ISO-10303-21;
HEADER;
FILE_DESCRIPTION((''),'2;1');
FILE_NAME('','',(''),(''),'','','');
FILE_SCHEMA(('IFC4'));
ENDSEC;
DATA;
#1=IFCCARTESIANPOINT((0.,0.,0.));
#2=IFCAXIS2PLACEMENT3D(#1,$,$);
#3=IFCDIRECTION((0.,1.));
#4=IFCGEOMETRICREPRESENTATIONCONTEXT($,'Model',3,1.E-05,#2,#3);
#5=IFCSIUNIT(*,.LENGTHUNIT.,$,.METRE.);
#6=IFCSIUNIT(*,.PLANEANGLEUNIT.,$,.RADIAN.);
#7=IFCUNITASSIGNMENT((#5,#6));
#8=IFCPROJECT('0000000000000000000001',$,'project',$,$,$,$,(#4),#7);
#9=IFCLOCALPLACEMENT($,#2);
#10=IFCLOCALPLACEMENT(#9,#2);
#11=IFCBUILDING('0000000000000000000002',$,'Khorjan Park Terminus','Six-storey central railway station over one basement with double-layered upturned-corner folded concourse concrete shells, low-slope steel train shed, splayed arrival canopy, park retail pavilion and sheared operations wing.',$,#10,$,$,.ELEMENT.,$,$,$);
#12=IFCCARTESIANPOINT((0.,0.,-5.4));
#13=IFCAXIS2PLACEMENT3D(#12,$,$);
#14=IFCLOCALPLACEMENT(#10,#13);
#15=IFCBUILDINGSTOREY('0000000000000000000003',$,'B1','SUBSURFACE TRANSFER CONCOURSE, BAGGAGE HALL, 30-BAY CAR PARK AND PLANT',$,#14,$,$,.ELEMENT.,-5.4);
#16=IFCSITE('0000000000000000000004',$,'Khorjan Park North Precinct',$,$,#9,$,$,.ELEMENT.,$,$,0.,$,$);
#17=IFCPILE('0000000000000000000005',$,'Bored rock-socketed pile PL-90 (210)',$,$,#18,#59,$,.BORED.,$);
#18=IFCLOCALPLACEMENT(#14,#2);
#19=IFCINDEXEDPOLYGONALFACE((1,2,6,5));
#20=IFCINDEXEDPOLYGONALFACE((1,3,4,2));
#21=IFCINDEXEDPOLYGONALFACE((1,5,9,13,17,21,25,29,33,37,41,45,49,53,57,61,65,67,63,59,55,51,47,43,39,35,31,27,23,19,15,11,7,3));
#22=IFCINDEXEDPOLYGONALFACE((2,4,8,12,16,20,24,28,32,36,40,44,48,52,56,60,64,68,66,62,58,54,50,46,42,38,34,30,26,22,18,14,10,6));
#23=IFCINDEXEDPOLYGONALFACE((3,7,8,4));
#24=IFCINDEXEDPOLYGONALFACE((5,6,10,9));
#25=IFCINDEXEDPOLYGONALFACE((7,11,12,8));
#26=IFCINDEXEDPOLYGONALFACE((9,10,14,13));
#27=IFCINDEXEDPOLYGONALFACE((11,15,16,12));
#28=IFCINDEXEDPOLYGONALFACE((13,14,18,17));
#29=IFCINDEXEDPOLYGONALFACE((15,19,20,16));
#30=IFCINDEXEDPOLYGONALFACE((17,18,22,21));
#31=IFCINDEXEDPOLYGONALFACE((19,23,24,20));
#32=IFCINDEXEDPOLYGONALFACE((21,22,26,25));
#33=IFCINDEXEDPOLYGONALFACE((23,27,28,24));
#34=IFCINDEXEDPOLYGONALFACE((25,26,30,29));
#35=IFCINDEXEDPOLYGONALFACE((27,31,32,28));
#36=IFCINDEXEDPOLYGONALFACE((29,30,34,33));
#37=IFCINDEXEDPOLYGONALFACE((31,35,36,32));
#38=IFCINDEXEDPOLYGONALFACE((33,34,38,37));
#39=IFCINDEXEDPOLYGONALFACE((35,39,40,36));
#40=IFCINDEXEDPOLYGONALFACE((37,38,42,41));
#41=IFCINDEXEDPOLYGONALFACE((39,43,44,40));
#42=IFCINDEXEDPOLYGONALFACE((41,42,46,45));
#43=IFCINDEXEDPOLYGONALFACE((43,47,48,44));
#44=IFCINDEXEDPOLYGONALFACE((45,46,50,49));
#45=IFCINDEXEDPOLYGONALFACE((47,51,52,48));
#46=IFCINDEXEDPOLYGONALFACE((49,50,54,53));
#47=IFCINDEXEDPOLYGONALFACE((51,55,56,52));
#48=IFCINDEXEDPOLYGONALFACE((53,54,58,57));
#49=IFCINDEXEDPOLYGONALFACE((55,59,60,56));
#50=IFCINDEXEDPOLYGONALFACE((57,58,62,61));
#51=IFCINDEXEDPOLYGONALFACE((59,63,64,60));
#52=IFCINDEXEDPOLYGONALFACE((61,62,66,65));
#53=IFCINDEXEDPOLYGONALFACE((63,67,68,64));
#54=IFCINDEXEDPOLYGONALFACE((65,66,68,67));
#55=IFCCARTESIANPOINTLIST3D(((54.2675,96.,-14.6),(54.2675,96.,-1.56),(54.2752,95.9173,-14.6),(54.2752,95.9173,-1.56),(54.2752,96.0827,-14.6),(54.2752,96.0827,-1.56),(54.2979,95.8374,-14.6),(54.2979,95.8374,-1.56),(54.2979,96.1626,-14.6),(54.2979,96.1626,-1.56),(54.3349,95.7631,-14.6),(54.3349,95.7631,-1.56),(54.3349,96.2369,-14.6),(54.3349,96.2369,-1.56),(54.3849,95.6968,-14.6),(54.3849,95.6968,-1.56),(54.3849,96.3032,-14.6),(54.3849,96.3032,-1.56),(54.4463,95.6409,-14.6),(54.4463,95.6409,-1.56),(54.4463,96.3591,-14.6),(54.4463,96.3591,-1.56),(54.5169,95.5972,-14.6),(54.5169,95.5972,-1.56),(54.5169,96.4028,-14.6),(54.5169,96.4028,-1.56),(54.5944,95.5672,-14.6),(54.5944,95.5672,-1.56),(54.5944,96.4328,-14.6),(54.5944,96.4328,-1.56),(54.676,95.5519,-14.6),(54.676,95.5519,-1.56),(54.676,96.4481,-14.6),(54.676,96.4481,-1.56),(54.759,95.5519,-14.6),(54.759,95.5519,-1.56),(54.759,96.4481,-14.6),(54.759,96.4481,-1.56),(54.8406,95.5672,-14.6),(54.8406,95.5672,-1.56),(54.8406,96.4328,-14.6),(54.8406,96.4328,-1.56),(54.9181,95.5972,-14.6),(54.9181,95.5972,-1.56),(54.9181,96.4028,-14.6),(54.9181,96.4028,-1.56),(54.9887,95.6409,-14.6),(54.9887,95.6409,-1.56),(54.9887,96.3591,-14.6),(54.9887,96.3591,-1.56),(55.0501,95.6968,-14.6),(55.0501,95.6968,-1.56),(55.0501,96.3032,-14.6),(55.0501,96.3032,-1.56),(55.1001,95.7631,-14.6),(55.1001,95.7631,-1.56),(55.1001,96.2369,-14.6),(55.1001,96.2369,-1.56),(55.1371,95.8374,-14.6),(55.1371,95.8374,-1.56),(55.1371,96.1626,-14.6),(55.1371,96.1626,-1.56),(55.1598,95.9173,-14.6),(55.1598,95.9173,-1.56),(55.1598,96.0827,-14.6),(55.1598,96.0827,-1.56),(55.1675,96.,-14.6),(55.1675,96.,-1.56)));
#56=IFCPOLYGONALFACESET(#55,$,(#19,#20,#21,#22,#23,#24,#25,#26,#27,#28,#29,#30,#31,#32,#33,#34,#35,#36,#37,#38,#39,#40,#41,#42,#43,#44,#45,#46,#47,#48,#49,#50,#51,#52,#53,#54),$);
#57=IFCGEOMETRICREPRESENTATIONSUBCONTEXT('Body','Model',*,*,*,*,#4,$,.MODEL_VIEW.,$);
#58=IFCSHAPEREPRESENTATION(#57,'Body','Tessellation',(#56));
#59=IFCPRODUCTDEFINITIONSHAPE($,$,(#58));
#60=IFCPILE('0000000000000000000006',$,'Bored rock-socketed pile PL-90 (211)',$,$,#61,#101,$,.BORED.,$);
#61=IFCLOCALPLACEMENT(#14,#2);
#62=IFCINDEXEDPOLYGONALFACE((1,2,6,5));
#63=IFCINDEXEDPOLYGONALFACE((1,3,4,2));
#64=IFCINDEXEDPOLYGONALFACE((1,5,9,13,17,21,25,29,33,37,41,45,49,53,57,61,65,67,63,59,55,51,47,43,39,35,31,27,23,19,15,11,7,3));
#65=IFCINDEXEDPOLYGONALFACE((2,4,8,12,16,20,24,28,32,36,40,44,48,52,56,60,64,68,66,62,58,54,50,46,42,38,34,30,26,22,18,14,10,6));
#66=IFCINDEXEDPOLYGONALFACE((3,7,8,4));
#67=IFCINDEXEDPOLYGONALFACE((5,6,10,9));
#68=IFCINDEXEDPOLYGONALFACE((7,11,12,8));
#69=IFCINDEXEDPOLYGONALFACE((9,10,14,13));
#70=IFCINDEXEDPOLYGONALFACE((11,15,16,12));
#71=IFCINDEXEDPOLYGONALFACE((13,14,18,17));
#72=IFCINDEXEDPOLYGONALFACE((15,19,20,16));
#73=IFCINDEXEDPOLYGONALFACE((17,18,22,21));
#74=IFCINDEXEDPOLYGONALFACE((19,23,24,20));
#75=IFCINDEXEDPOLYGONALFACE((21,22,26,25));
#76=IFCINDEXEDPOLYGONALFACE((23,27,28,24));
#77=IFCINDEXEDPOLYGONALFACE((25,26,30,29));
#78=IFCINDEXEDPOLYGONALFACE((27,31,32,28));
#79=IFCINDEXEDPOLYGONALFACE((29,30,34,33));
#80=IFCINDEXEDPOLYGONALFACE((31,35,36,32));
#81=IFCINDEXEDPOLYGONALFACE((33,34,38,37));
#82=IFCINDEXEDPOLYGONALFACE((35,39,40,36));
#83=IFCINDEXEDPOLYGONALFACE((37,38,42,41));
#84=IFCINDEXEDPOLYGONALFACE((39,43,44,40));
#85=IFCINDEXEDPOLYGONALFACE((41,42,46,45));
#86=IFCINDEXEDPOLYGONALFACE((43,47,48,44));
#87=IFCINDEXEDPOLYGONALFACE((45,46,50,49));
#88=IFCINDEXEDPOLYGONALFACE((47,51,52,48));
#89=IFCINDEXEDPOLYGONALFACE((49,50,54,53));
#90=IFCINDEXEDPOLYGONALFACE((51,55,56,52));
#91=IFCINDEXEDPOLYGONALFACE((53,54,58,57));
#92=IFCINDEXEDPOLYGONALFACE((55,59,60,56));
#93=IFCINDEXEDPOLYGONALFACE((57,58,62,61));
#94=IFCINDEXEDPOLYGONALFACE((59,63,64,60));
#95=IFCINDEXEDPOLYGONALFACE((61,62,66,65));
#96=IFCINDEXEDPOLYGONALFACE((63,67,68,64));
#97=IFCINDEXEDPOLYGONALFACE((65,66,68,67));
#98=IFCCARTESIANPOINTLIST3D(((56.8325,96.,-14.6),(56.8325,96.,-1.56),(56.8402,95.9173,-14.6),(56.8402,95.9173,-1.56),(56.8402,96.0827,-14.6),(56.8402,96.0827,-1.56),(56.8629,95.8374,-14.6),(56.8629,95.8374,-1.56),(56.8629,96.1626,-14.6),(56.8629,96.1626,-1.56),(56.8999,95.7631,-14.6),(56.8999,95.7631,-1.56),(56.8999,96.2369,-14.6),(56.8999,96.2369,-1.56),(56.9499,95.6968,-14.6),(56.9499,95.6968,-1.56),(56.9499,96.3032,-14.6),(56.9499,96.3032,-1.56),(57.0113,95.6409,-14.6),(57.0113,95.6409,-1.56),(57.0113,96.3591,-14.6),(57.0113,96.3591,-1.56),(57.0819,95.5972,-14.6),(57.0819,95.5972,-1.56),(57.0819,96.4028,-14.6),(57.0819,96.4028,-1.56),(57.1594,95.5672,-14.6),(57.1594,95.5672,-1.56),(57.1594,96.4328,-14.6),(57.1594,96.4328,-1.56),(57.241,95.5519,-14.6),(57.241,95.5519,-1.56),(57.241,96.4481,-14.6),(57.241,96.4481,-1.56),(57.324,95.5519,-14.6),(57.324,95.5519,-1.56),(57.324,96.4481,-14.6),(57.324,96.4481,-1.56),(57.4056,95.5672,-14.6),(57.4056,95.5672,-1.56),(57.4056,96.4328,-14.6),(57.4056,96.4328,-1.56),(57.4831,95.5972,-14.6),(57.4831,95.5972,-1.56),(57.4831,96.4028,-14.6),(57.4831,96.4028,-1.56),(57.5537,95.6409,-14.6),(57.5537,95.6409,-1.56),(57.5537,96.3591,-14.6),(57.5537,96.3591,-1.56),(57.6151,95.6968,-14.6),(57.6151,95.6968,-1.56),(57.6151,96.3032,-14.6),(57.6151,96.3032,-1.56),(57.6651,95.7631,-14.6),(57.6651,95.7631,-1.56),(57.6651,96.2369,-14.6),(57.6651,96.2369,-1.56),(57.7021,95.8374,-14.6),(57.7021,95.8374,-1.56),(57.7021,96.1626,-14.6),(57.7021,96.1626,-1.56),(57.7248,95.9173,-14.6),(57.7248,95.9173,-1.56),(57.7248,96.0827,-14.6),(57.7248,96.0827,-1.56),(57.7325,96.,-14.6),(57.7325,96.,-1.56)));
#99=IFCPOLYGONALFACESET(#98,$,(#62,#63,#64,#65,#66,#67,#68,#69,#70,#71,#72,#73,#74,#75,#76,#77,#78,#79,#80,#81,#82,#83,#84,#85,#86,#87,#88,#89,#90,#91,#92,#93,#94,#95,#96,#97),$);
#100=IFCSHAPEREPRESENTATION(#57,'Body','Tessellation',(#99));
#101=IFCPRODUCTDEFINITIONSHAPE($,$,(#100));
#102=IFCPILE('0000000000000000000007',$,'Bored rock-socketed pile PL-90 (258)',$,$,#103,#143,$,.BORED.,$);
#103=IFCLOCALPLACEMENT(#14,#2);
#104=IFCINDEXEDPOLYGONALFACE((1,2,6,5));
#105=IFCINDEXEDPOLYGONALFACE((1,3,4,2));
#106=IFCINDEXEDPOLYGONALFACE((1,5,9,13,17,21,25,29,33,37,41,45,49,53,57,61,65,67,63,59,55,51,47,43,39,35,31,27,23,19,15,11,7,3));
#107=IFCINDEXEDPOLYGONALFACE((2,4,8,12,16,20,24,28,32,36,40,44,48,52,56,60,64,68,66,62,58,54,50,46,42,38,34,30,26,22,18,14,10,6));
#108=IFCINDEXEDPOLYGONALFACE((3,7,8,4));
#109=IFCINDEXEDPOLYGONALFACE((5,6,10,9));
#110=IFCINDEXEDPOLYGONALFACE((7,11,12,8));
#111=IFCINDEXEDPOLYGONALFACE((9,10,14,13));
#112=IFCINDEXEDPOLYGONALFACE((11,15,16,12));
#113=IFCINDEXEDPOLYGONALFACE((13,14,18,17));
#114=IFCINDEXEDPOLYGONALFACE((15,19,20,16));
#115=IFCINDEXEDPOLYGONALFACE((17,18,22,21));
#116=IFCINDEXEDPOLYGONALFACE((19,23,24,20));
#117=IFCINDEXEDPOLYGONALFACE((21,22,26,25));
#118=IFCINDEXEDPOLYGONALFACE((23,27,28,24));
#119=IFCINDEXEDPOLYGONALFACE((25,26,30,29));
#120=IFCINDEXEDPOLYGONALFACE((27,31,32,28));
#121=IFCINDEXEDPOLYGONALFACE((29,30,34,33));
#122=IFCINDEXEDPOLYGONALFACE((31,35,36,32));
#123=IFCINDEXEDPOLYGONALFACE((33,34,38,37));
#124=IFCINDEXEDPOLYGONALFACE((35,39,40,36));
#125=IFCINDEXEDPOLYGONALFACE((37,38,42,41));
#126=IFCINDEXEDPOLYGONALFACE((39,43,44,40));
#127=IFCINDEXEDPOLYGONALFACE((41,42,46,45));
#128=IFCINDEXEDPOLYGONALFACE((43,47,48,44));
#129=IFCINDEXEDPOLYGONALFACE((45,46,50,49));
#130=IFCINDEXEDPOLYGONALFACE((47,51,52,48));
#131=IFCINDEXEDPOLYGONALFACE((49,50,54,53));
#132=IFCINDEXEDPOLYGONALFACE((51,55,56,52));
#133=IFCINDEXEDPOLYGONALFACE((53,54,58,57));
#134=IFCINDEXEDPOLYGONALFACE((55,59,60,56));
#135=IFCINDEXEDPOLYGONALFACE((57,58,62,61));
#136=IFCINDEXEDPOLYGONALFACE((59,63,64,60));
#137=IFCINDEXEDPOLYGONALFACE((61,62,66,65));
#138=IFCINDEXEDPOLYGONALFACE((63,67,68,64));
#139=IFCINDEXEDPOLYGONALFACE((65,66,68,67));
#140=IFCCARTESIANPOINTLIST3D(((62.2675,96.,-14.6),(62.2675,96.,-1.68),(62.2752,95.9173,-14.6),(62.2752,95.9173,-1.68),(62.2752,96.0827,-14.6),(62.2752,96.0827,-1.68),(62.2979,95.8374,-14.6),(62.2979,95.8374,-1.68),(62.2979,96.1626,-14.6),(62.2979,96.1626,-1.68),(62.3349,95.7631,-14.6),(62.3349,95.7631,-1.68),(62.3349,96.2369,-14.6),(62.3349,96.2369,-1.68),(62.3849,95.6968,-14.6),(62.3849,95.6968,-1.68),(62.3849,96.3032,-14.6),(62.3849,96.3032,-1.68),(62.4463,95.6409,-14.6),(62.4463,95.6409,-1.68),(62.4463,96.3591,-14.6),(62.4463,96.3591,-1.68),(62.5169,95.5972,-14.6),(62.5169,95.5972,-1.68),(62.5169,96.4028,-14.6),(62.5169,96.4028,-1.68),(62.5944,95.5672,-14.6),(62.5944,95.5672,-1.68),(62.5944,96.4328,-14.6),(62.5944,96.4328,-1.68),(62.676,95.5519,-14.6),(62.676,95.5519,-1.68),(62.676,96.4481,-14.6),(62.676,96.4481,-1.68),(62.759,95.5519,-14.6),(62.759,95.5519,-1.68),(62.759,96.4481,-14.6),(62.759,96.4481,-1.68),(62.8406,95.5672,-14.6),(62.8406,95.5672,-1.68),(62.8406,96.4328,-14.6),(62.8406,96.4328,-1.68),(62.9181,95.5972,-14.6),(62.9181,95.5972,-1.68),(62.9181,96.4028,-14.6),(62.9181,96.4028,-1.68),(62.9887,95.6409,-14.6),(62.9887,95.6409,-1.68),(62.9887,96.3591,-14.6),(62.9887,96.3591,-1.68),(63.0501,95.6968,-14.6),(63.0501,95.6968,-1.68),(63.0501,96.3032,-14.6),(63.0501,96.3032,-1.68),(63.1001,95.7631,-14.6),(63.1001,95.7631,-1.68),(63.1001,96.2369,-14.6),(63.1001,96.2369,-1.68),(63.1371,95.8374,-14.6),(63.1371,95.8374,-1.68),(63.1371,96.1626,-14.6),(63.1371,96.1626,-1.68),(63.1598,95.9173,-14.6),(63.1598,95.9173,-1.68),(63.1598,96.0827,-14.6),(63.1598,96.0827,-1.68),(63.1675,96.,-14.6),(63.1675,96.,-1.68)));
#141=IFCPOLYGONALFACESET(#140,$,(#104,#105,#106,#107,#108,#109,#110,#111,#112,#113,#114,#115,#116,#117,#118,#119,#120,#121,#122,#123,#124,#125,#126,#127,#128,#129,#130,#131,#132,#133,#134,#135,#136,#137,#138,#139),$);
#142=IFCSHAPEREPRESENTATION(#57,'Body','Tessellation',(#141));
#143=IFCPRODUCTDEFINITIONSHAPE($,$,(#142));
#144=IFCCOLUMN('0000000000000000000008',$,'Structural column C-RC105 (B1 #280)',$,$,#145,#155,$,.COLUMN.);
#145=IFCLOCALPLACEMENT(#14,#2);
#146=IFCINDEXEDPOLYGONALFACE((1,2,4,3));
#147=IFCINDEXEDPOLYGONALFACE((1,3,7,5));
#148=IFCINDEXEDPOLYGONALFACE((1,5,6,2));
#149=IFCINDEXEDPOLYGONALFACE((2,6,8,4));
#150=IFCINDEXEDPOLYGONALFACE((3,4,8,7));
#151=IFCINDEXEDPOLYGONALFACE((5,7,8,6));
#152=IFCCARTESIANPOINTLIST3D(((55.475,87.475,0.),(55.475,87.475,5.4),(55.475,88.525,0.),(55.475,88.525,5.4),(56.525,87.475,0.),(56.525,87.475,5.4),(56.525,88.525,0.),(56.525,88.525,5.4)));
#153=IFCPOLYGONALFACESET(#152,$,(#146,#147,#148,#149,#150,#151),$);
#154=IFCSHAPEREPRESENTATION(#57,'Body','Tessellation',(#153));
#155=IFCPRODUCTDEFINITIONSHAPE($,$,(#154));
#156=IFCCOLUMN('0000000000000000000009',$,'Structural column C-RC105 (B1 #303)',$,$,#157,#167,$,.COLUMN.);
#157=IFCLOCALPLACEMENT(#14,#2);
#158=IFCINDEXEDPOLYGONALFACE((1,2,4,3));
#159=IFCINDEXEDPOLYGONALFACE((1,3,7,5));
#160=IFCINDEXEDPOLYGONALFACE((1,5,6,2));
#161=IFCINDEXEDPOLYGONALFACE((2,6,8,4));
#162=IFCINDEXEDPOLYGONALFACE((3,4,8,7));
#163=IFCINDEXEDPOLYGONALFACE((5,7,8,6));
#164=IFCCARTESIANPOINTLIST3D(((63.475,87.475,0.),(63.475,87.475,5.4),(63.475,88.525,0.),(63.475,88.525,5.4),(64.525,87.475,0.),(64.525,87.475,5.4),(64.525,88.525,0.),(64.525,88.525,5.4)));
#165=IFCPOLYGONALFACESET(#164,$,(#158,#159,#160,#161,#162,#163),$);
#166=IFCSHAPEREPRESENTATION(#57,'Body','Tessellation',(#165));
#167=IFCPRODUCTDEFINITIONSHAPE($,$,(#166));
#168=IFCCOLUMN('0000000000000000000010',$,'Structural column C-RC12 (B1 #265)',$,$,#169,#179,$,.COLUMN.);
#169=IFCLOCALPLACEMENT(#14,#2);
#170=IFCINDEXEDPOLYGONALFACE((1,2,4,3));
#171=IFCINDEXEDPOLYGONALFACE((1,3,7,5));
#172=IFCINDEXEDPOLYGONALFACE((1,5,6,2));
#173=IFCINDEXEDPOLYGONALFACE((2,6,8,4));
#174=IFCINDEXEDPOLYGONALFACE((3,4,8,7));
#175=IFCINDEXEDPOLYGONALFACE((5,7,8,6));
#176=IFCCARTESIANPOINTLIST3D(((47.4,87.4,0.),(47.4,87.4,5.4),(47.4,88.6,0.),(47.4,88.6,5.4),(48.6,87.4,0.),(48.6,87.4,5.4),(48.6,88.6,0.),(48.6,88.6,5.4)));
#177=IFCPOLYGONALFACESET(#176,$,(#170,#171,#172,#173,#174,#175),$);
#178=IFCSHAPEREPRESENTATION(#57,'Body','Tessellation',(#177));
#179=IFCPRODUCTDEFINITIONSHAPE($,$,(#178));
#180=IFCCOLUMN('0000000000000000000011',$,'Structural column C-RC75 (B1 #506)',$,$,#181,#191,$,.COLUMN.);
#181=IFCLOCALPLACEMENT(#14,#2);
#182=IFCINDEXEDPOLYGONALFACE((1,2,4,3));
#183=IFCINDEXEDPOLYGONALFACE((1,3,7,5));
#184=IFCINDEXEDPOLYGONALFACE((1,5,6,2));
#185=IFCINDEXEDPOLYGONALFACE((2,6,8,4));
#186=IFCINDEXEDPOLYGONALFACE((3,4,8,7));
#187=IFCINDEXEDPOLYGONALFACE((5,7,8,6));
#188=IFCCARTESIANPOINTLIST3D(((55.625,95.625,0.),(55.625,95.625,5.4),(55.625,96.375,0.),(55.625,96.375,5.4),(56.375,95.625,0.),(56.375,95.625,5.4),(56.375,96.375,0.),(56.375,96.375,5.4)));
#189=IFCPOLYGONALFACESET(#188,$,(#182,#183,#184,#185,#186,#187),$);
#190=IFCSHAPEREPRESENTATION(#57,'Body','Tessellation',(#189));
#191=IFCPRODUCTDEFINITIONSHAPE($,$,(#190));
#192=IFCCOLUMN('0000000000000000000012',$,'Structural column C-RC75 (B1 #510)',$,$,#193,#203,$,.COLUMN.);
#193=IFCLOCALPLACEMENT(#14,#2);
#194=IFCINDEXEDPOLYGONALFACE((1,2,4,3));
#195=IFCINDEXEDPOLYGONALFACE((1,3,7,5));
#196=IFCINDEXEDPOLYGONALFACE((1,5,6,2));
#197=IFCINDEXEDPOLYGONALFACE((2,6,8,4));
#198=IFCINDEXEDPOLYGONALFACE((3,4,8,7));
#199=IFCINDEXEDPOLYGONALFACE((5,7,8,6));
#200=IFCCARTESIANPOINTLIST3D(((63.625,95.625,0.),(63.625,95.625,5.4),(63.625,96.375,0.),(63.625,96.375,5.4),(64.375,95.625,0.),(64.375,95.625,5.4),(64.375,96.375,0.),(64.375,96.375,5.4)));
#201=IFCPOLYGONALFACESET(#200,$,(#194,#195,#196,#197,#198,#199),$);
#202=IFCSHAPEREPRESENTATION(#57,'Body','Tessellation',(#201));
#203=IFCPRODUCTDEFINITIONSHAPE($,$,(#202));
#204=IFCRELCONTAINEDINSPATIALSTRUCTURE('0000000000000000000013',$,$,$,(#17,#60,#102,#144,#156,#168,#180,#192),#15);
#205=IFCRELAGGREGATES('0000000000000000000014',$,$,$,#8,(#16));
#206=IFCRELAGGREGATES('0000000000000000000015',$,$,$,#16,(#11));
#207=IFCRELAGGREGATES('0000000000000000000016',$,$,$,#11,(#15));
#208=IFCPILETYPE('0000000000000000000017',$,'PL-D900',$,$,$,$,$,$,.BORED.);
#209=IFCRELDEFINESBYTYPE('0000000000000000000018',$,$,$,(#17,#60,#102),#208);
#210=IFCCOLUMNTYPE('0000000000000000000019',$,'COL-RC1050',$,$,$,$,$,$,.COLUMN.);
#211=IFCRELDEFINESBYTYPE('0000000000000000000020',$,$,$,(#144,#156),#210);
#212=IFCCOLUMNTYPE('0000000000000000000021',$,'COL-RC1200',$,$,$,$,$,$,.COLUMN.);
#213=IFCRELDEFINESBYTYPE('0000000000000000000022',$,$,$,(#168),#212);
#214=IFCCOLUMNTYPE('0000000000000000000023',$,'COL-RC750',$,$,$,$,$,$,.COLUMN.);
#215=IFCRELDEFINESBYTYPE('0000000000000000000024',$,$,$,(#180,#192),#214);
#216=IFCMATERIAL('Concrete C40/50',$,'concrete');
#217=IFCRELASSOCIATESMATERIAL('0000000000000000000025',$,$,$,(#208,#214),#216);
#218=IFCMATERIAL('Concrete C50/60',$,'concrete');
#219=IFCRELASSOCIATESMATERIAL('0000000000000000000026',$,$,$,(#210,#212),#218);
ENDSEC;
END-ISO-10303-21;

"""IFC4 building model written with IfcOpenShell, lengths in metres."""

from ifc_helpers import new_model, si_unit, direction, frame, origin, origin_2d, place, context, subcontext, project, spatial, rectangle, circle, extrude, material, material_profile, profile_set, type_object, element, save


model = new_model("IFC4")

# Units and contexts
model_context = context("Model", 3, precision=1e-05, world=origin(), true_north=direction((0.0, 1.0)))
body_context = subcontext(model_context, "Body", "Model", "MODEL_VIEW")
ifc_project = project(units=[si_unit("LENGTHUNIT", "METRE"), si_unit("PLANEANGLEUNIT", "RADIAN")], contexts=[model_context])

# Site, building, storey
site_placement = place(None, origin())
site = spatial("IfcSite", under=ifc_project, at=site_placement, Name="Khorjan Park North Precinct", CompositionType="ELEMENT", RefElevation=0.0)
building_placement = place(site_placement, origin())
building = spatial("IfcBuilding", under=site, at=building_placement, Name="Khorjan Park Terminus", Description="Six-storey central railway station over one basement with double-layered upturned-corner folded concourse concrete shells, low-slope steel train shed, splayed arrival canopy, park retail pavilion and sheared operations wing.", CompositionType="ELEMENT")
storey_placement = place(building_placement, frame((0.0, 0.0, -5.4)))
storey = spatial("IfcBuildingStorey", under=building, at=storey_placement, Name="B1", Description="SUBSURFACE TRANSFER CONCOURSE, BAGGAGE HALL, 30-BAY CAR PARK AND PLANT", CompositionType="ELEMENT", Elevation=-5.4)

# Shared definitions
ifc_material_1 = material(Name="Concrete C40/50", Category="concrete")

# Piles
ifc_material_profile_1 = material_profile(ifc_material_1, circle(Radius=0.45, at=origin_2d()), Name="BORED D900")
ifc_profile_set_1 = profile_set([ifc_material_profile_1], Name="Concrete C40/50")
pile_type_1 = type_object("IfcPileType", Name="PL-D900", PredefinedType="BORED", material=ifc_profile_set_1)
for number, where, z_axis, x_axis, name in (
    (1, (54.7175, 96.0, -1.56), (0.0, 0.0, -1.0), (1.0, 0.0, 0.0), "Bored rock-socketed pile PL-90 (210)"),
    (2, (57.2825, 96.0, -1.56), (0.0, 0.0, -1.0), (1.0, 0.0, 0.0), "Bored rock-socketed pile PL-90 (211)"),
):
    element("IfcPile", number, at=place(storey_placement, frame(where, z_axis=z_axis, x_axis=x_axis)), inside=storey, type_object=pile_type_1, Name=name, PredefinedType="BORED", context=body_context, shape_type="SweptSolid", body=[
        extrude(circle(Radius=0.45, at=origin_2d()), origin(), (0.0, 0.0, 1.0), 13.04),
    ])
pile_placement = place(storey_placement, frame((62.7175, 96.0, -1.68), z_axis=(0.0, 0.0, -1.0), x_axis=(1.0, 0.0, 0.0)))
element("IfcPile", 3, at=pile_placement, inside=storey, type_object=pile_type_1, Name="Bored rock-socketed pile PL-90 (258)", PredefinedType="BORED", context=body_context, shape_type="SweptSolid", body=[
    extrude(circle(Radius=0.45, at=origin_2d()), origin(), (0.0, 0.0, 1.0), 12.92),
])

# Columns
ifc_material_2 = material(Name="Concrete C50/60", Category="concrete")
ifc_material_profile_2 = material_profile(ifc_material_2, rectangle(XDim=1.05, YDim=1.05, at=origin_2d()), Name="RC 1050x1050")
ifc_profile_set_2 = profile_set([ifc_material_profile_2], Name="Concrete C50/60")
column_type_1 = type_object("IfcColumnType", Name="COL-RC1050", PredefinedType="COLUMN", material=ifc_profile_set_2)
for number, where, z_axis, x_axis, name in (
    (4, (56.0, 88.0, 0.0), (0.0, 0.0, 1.0), (1.0, 0.0, 0.0), "Structural column C-RC105 (B1 #280)"),
    (5, (64.0, 88.0, 0.0), (0.0, 0.0, 1.0), (1.0, 0.0, 0.0), "Structural column C-RC105 (B1 #303)"),
):
    element("IfcColumn", number, at=place(storey_placement, frame(where, z_axis=z_axis, x_axis=x_axis)), inside=storey, type_object=column_type_1, Name=name, PredefinedType="COLUMN", context=body_context, shape_type="SweptSolid", body=[
        extrude(rectangle(XDim=1.05, YDim=1.05, at=origin_2d()), origin(), (0.0, 0.0, 1.0), 5.4),
    ])
ifc_material_profile_3 = material_profile(ifc_material_2, rectangle(XDim=1.2, YDim=1.2, at=origin_2d()), Name="RC 1200x1200")
ifc_profile_set_3 = profile_set([ifc_material_profile_3], Name="Concrete C50/60")
column_type_2 = type_object("IfcColumnType", Name="COL-RC1200", PredefinedType="COLUMN", material=ifc_profile_set_3)
column_placement = place(storey_placement, frame((48.0, 88.0, 0.0), z_axis=(0.0, 0.0, 1.0), x_axis=(1.0, 0.0, 0.0)))
element("IfcColumn", 6, at=column_placement, inside=storey, type_object=column_type_2, Name="Structural column C-RC12 (B1 #265)", PredefinedType="COLUMN", context=body_context, shape_type="SweptSolid", body=[
    extrude(rectangle(XDim=1.2, YDim=1.2, at=origin_2d()), origin(), (0.0, 0.0, 1.0), 5.4),
])
ifc_material_profile_4 = material_profile(ifc_material_1, rectangle(XDim=0.75, YDim=0.75, at=origin_2d()), Name="RC 750x750")
ifc_profile_set_4 = profile_set([ifc_material_profile_4], Name="Concrete C40/50")
column_type_3 = type_object("IfcColumnType", Name="COL-RC750", PredefinedType="COLUMN", material=ifc_profile_set_4)
for number, where, z_axis, x_axis, name in (
    (7, (56.0, 96.0, 0.0), (0.0, 0.0, 1.0), (1.0, 0.0, 0.0), "Structural column C-RC75 (B1 #506)"),
    (8, (64.0, 96.0, 0.0), (0.0, 0.0, 1.0), (1.0, 0.0, 0.0), "Structural column C-RC75 (B1 #510)"),
):
    element("IfcColumn", number, at=place(storey_placement, frame(where, z_axis=z_axis, x_axis=x_axis)), inside=storey, type_object=column_type_3, Name=name, PredefinedType="COLUMN", context=body_context, shape_type="SweptSolid", body=[
        extrude(rectangle(XDim=0.75, YDim=0.75, at=origin_2d()), origin(), (0.0, 0.0, 1.0), 5.4),
    ])

save(model, "model.ifc")
